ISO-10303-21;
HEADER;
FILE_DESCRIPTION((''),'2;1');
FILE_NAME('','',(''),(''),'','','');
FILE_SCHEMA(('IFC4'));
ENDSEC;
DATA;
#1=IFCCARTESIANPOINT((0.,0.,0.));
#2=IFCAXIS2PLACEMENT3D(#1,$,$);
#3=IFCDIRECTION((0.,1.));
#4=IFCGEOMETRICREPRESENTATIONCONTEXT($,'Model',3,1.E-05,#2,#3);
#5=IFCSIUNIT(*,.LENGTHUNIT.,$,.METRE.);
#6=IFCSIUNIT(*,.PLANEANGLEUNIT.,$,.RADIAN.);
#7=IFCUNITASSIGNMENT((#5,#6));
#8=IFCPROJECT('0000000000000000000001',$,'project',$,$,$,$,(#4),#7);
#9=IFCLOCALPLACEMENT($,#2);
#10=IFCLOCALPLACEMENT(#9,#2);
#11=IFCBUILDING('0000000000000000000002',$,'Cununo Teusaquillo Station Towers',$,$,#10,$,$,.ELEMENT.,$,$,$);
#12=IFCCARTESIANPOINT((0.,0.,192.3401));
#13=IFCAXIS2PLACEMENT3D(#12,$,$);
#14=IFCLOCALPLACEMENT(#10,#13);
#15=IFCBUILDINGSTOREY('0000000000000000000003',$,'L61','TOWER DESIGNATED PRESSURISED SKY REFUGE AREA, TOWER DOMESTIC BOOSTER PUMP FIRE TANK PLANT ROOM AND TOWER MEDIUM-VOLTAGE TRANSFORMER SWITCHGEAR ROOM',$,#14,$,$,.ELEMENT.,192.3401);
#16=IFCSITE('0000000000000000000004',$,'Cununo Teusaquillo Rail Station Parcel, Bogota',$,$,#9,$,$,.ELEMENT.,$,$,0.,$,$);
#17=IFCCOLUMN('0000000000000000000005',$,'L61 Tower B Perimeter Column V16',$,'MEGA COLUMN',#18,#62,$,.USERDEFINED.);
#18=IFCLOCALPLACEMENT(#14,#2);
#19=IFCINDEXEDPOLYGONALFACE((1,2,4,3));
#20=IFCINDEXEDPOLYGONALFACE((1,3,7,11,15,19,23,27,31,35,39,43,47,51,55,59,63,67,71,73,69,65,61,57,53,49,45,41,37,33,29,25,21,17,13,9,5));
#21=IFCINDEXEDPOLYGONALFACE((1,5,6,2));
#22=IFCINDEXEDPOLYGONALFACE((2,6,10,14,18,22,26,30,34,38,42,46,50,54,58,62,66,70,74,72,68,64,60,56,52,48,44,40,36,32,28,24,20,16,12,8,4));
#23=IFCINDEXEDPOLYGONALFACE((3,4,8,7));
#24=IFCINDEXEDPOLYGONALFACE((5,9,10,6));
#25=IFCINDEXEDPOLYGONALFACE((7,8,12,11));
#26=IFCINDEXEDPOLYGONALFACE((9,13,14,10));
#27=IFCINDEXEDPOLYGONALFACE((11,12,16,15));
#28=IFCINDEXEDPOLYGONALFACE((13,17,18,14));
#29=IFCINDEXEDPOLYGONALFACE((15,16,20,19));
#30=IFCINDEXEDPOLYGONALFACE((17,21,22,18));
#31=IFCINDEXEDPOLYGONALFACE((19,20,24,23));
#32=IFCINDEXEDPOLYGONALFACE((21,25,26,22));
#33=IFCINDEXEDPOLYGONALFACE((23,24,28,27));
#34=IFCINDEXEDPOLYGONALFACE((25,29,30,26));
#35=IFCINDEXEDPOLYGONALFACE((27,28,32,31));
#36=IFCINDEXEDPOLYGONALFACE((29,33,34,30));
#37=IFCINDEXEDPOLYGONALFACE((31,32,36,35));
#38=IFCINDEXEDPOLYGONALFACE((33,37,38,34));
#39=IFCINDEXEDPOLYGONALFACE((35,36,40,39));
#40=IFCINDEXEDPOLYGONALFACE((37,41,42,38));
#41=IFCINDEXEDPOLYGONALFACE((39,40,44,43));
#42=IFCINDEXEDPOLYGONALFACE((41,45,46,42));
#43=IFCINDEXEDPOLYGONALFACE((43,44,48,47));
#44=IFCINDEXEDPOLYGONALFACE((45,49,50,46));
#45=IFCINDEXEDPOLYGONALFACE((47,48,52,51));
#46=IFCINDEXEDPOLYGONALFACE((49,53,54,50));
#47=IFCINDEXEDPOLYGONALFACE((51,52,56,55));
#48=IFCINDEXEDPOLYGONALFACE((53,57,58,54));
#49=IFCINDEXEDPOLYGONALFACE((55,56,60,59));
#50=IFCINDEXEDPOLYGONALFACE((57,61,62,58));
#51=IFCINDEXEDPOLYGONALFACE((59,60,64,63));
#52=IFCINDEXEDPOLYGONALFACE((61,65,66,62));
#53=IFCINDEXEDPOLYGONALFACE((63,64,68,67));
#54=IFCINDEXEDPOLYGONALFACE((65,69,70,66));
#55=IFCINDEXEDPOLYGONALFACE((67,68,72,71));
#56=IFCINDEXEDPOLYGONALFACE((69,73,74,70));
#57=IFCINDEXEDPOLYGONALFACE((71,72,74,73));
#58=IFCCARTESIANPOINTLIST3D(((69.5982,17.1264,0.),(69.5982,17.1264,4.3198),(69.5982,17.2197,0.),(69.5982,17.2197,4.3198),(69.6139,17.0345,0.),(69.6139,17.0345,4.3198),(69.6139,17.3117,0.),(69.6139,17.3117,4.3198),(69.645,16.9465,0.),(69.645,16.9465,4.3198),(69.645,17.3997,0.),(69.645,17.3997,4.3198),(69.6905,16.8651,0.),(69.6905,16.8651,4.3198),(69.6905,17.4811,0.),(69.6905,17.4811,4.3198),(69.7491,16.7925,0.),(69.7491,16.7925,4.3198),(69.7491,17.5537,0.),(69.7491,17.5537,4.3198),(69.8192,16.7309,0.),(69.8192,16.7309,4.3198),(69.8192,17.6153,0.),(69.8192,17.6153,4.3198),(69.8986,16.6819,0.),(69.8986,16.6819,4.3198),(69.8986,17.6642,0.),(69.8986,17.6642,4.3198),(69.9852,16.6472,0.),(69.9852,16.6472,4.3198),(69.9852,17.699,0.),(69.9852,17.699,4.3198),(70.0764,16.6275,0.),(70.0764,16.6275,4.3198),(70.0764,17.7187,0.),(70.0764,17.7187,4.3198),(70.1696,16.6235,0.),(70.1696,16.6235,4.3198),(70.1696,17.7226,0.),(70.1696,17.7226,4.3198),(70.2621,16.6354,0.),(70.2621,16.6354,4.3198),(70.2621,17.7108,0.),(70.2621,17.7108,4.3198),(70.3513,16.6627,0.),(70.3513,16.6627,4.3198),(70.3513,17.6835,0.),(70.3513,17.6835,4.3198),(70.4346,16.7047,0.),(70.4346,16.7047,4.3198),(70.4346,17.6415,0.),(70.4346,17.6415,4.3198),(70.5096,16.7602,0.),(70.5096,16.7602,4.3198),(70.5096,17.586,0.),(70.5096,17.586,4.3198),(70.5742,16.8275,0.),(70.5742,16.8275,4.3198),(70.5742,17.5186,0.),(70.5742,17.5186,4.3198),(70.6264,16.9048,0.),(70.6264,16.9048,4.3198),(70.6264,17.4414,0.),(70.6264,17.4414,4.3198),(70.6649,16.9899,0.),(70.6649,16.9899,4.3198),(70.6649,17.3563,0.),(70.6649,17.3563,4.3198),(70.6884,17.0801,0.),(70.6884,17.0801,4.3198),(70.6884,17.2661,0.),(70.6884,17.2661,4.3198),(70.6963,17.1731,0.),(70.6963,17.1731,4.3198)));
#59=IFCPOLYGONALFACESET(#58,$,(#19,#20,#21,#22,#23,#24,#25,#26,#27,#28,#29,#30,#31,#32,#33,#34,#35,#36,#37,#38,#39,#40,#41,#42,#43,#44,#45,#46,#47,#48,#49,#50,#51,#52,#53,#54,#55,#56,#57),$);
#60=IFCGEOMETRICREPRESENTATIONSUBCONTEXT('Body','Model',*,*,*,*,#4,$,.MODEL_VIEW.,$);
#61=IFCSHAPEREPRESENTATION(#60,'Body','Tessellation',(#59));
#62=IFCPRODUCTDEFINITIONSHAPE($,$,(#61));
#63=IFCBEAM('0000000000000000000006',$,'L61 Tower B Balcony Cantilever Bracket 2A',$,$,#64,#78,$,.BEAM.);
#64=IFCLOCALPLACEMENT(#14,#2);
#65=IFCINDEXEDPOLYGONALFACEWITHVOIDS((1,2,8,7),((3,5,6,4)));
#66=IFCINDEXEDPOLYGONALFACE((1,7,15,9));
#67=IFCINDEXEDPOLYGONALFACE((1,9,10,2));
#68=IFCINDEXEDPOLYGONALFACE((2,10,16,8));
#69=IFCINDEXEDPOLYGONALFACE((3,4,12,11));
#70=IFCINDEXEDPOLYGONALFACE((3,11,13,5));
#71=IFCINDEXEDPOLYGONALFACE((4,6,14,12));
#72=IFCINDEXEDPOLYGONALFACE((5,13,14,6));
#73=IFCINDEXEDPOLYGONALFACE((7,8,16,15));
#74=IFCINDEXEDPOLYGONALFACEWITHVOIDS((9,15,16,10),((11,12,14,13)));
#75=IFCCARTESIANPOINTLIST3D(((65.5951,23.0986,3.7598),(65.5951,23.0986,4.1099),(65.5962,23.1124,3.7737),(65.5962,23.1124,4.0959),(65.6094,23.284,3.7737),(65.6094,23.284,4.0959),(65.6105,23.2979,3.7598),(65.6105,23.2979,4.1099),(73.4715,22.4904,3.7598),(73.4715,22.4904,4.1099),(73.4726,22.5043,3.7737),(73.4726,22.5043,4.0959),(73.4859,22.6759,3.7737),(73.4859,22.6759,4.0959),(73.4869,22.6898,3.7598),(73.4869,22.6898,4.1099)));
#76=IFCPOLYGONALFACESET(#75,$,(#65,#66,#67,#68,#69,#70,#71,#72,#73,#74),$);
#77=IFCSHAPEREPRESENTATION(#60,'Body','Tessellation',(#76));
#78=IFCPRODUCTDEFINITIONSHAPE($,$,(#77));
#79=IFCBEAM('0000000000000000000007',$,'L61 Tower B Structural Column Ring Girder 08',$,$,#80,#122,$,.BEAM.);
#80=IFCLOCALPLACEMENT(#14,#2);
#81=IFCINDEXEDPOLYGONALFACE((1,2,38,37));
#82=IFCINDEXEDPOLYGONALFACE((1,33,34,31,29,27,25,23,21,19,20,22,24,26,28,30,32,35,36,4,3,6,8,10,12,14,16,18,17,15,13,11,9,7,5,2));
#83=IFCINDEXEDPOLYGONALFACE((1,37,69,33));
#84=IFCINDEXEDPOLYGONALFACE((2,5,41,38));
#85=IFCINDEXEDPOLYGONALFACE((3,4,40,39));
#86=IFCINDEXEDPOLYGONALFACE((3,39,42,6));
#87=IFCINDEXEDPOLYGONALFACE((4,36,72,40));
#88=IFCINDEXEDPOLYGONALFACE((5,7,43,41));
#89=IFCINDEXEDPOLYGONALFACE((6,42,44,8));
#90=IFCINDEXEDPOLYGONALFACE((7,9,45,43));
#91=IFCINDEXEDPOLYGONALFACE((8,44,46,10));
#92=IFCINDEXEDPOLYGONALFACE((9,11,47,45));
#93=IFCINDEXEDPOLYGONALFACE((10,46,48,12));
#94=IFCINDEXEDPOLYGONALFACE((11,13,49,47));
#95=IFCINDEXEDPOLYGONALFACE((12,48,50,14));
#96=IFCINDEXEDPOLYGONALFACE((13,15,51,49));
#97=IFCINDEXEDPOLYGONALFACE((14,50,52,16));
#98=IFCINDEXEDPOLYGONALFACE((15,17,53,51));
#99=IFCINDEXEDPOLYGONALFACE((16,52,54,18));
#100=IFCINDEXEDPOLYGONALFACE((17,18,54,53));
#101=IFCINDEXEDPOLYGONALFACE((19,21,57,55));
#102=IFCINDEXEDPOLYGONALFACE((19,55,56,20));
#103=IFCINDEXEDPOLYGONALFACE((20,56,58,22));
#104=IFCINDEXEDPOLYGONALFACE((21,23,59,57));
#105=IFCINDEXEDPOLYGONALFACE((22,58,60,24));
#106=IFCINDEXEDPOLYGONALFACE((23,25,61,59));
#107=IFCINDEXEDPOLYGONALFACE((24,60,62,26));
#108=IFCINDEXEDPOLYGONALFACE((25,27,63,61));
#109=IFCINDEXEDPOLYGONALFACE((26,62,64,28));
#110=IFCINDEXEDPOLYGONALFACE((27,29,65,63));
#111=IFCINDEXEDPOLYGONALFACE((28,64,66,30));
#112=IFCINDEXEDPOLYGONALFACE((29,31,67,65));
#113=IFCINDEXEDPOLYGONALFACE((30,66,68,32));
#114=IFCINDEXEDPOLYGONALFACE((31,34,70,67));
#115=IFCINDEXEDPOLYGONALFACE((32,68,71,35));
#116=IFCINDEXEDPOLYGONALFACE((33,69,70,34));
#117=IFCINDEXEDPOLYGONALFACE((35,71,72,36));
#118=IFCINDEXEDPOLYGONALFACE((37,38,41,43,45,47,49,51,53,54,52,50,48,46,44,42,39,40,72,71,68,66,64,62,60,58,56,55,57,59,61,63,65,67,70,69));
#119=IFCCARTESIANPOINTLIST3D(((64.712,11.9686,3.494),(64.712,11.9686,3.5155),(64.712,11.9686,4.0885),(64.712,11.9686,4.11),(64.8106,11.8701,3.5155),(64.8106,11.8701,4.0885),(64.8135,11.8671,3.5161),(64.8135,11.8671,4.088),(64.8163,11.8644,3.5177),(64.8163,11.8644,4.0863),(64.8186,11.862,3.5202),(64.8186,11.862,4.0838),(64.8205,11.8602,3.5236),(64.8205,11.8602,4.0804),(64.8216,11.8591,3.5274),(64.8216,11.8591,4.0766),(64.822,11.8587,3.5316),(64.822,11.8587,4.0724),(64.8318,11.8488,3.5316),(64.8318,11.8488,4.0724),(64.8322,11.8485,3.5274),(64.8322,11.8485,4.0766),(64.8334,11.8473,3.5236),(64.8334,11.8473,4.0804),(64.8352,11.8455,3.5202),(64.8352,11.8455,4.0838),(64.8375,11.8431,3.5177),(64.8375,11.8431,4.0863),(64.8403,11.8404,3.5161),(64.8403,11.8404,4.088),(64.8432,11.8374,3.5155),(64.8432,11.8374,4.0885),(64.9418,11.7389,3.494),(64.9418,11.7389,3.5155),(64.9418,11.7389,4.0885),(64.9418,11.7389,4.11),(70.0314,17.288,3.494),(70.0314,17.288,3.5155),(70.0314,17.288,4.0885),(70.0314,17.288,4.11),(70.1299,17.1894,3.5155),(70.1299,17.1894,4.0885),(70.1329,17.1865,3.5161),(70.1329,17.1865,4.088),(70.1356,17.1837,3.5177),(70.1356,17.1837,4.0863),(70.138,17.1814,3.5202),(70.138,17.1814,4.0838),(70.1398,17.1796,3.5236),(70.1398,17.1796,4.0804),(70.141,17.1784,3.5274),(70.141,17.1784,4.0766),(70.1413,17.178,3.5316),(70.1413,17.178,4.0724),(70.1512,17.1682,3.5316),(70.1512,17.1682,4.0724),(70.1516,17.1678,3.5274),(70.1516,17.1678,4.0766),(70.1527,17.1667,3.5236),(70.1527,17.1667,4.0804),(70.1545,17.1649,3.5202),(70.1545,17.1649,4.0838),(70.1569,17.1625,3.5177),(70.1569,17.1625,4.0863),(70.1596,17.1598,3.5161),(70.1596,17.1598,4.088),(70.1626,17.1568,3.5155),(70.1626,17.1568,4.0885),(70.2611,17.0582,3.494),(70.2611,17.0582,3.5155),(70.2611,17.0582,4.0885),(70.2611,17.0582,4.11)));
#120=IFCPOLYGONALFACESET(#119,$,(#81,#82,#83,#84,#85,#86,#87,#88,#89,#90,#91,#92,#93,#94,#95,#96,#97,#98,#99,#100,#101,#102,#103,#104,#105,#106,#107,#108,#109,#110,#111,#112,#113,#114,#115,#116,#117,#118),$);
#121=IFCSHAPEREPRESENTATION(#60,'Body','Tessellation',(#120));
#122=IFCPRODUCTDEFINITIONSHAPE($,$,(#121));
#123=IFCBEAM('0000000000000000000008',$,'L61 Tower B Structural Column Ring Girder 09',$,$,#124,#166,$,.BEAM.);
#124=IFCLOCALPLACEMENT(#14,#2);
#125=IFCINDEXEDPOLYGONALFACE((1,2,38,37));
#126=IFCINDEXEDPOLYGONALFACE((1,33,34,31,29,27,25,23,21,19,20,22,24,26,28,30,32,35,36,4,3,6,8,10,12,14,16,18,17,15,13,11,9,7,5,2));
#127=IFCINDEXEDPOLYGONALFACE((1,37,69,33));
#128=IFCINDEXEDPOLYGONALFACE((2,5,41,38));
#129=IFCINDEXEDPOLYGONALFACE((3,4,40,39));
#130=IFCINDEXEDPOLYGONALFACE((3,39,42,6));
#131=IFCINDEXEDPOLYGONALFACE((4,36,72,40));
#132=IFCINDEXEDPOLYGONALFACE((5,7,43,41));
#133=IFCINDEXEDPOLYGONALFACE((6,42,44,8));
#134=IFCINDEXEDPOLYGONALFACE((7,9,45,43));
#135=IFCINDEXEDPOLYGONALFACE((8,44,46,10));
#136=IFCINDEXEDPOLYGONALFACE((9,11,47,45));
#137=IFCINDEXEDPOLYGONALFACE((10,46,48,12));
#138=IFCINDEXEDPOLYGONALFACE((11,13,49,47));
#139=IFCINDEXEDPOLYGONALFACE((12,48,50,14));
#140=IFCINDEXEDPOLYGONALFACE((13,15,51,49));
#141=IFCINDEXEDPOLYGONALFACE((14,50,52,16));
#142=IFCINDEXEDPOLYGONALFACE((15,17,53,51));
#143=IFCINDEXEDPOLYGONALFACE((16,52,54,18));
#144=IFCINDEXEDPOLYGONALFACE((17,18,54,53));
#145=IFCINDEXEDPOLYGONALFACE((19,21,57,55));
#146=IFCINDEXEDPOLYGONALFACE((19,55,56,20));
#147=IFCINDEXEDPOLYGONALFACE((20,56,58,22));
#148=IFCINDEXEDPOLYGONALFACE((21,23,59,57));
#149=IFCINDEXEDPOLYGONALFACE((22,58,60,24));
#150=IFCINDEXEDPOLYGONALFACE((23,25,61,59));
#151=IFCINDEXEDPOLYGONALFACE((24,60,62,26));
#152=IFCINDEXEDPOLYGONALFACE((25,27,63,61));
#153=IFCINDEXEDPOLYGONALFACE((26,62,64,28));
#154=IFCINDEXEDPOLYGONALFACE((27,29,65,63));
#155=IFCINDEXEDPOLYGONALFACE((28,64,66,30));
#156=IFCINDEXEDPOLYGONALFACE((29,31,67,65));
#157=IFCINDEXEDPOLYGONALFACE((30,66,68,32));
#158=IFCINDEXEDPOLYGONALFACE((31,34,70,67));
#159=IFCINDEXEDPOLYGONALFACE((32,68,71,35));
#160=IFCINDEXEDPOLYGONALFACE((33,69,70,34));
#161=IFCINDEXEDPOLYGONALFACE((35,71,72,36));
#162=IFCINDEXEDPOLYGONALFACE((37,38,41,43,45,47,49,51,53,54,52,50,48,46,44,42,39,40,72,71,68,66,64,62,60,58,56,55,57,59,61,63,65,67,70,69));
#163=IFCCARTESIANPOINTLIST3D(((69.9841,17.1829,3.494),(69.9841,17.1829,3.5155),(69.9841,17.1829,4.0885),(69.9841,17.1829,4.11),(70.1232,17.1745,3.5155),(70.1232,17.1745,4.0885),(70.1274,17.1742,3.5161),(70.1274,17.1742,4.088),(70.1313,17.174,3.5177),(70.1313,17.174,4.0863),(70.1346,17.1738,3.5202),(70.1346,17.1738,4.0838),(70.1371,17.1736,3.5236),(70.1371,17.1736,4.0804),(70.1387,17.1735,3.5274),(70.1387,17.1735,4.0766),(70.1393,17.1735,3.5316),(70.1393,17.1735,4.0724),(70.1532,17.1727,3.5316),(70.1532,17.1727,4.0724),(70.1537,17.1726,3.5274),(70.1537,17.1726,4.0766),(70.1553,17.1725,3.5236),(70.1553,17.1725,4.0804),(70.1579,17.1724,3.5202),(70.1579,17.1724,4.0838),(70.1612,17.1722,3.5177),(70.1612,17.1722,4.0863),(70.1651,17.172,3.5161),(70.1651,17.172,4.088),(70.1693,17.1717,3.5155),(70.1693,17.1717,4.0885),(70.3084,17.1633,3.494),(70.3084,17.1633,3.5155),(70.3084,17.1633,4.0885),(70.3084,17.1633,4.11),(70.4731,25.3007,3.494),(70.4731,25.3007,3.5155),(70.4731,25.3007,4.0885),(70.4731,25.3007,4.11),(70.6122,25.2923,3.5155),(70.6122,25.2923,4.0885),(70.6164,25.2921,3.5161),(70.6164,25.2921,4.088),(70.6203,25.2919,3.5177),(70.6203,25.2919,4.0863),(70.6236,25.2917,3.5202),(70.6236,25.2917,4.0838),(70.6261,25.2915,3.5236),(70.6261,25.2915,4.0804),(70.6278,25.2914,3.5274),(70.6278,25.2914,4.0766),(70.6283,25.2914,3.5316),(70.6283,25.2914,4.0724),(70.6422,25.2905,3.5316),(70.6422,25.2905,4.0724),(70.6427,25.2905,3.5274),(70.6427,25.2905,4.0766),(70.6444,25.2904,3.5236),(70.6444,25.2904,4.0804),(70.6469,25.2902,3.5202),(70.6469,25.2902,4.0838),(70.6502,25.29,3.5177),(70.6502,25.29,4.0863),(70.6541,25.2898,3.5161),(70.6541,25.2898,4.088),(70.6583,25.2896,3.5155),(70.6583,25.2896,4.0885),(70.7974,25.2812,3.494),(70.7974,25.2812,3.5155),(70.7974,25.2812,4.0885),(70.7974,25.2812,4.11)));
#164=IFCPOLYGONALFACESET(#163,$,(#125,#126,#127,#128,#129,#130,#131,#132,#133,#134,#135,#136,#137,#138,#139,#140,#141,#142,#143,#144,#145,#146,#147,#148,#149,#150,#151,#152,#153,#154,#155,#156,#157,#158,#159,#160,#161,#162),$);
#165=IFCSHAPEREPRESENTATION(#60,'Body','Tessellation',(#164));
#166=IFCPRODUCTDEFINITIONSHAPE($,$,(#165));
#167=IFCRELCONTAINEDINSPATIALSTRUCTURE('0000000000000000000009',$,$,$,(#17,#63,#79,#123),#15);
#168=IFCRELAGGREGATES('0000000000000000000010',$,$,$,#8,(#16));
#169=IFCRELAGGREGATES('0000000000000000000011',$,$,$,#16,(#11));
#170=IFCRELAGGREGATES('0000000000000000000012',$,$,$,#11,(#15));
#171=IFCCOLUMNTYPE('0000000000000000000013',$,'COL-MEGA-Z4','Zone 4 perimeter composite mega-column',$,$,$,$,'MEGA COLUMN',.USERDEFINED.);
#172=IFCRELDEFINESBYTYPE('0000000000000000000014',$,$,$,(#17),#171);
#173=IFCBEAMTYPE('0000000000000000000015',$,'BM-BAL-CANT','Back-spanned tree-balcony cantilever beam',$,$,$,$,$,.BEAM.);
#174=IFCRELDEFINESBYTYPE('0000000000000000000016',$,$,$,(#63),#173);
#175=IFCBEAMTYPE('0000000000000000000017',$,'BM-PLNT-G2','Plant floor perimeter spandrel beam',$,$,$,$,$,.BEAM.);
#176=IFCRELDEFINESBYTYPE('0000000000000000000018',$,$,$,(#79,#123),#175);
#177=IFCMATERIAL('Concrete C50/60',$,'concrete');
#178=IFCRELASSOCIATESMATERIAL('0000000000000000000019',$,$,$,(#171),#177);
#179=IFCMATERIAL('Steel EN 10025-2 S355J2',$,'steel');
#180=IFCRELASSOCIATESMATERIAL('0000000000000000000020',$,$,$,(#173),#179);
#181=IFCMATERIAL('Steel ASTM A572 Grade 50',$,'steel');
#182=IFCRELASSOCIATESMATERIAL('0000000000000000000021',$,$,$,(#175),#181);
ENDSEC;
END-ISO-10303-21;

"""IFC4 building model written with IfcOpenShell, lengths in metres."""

from ifc_helpers import new_model, si_unit, direction, frame, origin, origin_2d, place, context, subcontext, project, spatial, hollow_rectangle, circle, i_section, extrude, material, material_profile, profile_set, type_object, element, save


model = new_model("IFC4")

# Units and contexts
model_context = context("Model", 3, precision=1e-05, world=origin(), true_north=direction((0.0, 1.0)))
body_context = subcontext(model_context, "Body", "Model", "MODEL_VIEW")
ifc_project = project(units=[si_unit("LENGTHUNIT", "METRE"), si_unit("PLANEANGLEUNIT", "RADIAN")], contexts=[model_context])

# Site, building, storey
site_placement = place(None, origin())
site = spatial("IfcSite", under=ifc_project, at=site_placement, Name="Cununo Teusaquillo Rail Station Parcel, Bogota", CompositionType="ELEMENT", RefElevation=0.0)
building_placement = place(site_placement, origin())
building = spatial("IfcBuilding", under=site, at=building_placement, Name="Cununo Teusaquillo Station Towers", CompositionType="ELEMENT")
storey_placement = place(building_placement, frame((0.0, 0.0, 192.3401)))
storey = spatial("IfcBuildingStorey", under=building, at=storey_placement, Name="L61", Description="TOWER DESIGNATED PRESSURISED SKY REFUGE AREA, TOWER DOMESTIC BOOSTER PUMP FIRE TANK PLANT ROOM AND TOWER MEDIUM-VOLTAGE TRANSFORMER SWITCHGEAR ROOM", CompositionType="ELEMENT", Elevation=192.3401)

# Column
ifc_material_1 = material(Name="Concrete C50/60", Category="concrete")
ifc_material_profile_1 = material_profile(ifc_material_1, circle(Radius=0.55, at=origin_2d()), Name="RC-CIRC-1100")
ifc_profile_set_1 = profile_set([ifc_material_profile_1], Name="Concrete C50/60")
column_type = type_object("IfcColumnType", Name="COL-MEGA-Z4", Description="Zone 4 perimeter composite mega-column", ElementType="MEGA COLUMN", PredefinedType="USERDEFINED", material=ifc_profile_set_1)
column_placement = place(storey_placement, frame((70.1462, 17.1731, 0.0), z_axis=(0.0, 0.0, 1.0), x_axis=(1.0, 0.0, 0.0)))
element("IfcColumn", 1, at=column_placement, inside=storey, type_object=column_type, Name="L61 Tower B Perimeter Column V16", ObjectType="MEGA COLUMN", PredefinedType="USERDEFINED", context=body_context, shape_type="SweptSolid", body=[
    extrude(circle(Radius=0.55, at=origin_2d()), origin(), (0.0, 0.0, 1.0), 4.3198),
])

# Beams
ifc_material_2 = material(Name="Steel EN 10025-2 S355J2", Category="steel")
ifc_material_profile_2 = material_profile(ifc_material_2, hollow_rectangle(XDim=0.2, YDim=0.3501, WallThickness=0.0139, at=origin_2d()), Name="RHS 350x200x14")
ifc_profile_set_2 = profile_set([ifc_material_profile_2], Name="Steel EN 10025-2 S355J2")
beam_type_1 = type_object("IfcBeamType", Name="BM-BAL-CANT", Description="Back-spanned tree-balcony cantilever beam", PredefinedType="BEAM", material=ifc_profile_set_2)
beam_1_placement = place(storey_placement, frame((65.6028, 23.1982, 3.9348), z_axis=(0.997032, -0.076982, 0.0), x_axis=(0.076982, 0.997032, 0.0)))
element("IfcBeam", 2, at=beam_1_placement, inside=storey, type_object=beam_type_1, Name="L61 Tower B Balcony Cantilever Bracket 2A", PredefinedType="BEAM", context=body_context, shape_type="SweptSolid", body=[
    extrude(hollow_rectangle(XDim=0.2, YDim=0.3501, WallThickness=0.0139, at=origin_2d()), origin(), (0.0, 0.0, 1.0), 7.8999),
])
ifc_material_3 = material(Name="Steel ASTM A572 Grade 50", Category="steel")
ifc_material_profile_3 = material_profile(ifc_material_3, i_section(OverallWidth=0.325, OverallDepth=0.616, WebThickness=0.0139, FlangeThickness=0.0215, FilletRadius=0.0161, at=origin_2d()), Name="W24X117")
ifc_profile_set_3 = profile_set([ifc_material_profile_3], Name="Steel ASTM A572 Grade 50")
beam_type_2 = type_object("IfcBeamType", Name="BM-PLNT-G2", Description="Plant floor perimeter spandrel beam", PredefinedType="BEAM", material=ifc_profile_set_3)
beam_2_placement = place(storey_placement, frame((64.8269, 11.8538, 3.802), z_axis=(0.707107, 0.707107, 0.0), x_axis=(-0.707107, 0.707107, 0.0)))
element("IfcBeam", 3, at=beam_2_placement, inside=storey, type_object=beam_type_2, Name="L61 Tower B Structural Column Ring Girder 08", PredefinedType="BEAM", context=body_context, shape_type="SweptSolid", body=[
    extrude(i_section(OverallWidth=0.325, OverallDepth=0.616, WebThickness=0.0139, FlangeThickness=0.0215, FilletRadius=0.0161, at=origin_2d()), origin(), (0.0, 0.0, 1.0), 7.5227),
])
beam_3_placement = place(storey_placement, frame((70.1462, 17.1731, 3.802), z_axis=(0.06013, 0.998191, 0.0), x_axis=(-0.998191, 0.06013, 0.0)))
element("IfcBeam", 4, at=beam_3_placement, inside=storey, type_object=beam_type_2, Name="L61 Tower B Structural Column Ring Girder 09", PredefinedType="BEAM", context=body_context, shape_type="SweptSolid", body=[
    extrude(i_section(OverallWidth=0.325, OverallDepth=0.616, WebThickness=0.0139, FlangeThickness=0.0215, FilletRadius=0.0161, at=origin_2d()), origin(), (0.0, 0.0, 1.0), 8.1326),
])

save(model, "model.ifc")
